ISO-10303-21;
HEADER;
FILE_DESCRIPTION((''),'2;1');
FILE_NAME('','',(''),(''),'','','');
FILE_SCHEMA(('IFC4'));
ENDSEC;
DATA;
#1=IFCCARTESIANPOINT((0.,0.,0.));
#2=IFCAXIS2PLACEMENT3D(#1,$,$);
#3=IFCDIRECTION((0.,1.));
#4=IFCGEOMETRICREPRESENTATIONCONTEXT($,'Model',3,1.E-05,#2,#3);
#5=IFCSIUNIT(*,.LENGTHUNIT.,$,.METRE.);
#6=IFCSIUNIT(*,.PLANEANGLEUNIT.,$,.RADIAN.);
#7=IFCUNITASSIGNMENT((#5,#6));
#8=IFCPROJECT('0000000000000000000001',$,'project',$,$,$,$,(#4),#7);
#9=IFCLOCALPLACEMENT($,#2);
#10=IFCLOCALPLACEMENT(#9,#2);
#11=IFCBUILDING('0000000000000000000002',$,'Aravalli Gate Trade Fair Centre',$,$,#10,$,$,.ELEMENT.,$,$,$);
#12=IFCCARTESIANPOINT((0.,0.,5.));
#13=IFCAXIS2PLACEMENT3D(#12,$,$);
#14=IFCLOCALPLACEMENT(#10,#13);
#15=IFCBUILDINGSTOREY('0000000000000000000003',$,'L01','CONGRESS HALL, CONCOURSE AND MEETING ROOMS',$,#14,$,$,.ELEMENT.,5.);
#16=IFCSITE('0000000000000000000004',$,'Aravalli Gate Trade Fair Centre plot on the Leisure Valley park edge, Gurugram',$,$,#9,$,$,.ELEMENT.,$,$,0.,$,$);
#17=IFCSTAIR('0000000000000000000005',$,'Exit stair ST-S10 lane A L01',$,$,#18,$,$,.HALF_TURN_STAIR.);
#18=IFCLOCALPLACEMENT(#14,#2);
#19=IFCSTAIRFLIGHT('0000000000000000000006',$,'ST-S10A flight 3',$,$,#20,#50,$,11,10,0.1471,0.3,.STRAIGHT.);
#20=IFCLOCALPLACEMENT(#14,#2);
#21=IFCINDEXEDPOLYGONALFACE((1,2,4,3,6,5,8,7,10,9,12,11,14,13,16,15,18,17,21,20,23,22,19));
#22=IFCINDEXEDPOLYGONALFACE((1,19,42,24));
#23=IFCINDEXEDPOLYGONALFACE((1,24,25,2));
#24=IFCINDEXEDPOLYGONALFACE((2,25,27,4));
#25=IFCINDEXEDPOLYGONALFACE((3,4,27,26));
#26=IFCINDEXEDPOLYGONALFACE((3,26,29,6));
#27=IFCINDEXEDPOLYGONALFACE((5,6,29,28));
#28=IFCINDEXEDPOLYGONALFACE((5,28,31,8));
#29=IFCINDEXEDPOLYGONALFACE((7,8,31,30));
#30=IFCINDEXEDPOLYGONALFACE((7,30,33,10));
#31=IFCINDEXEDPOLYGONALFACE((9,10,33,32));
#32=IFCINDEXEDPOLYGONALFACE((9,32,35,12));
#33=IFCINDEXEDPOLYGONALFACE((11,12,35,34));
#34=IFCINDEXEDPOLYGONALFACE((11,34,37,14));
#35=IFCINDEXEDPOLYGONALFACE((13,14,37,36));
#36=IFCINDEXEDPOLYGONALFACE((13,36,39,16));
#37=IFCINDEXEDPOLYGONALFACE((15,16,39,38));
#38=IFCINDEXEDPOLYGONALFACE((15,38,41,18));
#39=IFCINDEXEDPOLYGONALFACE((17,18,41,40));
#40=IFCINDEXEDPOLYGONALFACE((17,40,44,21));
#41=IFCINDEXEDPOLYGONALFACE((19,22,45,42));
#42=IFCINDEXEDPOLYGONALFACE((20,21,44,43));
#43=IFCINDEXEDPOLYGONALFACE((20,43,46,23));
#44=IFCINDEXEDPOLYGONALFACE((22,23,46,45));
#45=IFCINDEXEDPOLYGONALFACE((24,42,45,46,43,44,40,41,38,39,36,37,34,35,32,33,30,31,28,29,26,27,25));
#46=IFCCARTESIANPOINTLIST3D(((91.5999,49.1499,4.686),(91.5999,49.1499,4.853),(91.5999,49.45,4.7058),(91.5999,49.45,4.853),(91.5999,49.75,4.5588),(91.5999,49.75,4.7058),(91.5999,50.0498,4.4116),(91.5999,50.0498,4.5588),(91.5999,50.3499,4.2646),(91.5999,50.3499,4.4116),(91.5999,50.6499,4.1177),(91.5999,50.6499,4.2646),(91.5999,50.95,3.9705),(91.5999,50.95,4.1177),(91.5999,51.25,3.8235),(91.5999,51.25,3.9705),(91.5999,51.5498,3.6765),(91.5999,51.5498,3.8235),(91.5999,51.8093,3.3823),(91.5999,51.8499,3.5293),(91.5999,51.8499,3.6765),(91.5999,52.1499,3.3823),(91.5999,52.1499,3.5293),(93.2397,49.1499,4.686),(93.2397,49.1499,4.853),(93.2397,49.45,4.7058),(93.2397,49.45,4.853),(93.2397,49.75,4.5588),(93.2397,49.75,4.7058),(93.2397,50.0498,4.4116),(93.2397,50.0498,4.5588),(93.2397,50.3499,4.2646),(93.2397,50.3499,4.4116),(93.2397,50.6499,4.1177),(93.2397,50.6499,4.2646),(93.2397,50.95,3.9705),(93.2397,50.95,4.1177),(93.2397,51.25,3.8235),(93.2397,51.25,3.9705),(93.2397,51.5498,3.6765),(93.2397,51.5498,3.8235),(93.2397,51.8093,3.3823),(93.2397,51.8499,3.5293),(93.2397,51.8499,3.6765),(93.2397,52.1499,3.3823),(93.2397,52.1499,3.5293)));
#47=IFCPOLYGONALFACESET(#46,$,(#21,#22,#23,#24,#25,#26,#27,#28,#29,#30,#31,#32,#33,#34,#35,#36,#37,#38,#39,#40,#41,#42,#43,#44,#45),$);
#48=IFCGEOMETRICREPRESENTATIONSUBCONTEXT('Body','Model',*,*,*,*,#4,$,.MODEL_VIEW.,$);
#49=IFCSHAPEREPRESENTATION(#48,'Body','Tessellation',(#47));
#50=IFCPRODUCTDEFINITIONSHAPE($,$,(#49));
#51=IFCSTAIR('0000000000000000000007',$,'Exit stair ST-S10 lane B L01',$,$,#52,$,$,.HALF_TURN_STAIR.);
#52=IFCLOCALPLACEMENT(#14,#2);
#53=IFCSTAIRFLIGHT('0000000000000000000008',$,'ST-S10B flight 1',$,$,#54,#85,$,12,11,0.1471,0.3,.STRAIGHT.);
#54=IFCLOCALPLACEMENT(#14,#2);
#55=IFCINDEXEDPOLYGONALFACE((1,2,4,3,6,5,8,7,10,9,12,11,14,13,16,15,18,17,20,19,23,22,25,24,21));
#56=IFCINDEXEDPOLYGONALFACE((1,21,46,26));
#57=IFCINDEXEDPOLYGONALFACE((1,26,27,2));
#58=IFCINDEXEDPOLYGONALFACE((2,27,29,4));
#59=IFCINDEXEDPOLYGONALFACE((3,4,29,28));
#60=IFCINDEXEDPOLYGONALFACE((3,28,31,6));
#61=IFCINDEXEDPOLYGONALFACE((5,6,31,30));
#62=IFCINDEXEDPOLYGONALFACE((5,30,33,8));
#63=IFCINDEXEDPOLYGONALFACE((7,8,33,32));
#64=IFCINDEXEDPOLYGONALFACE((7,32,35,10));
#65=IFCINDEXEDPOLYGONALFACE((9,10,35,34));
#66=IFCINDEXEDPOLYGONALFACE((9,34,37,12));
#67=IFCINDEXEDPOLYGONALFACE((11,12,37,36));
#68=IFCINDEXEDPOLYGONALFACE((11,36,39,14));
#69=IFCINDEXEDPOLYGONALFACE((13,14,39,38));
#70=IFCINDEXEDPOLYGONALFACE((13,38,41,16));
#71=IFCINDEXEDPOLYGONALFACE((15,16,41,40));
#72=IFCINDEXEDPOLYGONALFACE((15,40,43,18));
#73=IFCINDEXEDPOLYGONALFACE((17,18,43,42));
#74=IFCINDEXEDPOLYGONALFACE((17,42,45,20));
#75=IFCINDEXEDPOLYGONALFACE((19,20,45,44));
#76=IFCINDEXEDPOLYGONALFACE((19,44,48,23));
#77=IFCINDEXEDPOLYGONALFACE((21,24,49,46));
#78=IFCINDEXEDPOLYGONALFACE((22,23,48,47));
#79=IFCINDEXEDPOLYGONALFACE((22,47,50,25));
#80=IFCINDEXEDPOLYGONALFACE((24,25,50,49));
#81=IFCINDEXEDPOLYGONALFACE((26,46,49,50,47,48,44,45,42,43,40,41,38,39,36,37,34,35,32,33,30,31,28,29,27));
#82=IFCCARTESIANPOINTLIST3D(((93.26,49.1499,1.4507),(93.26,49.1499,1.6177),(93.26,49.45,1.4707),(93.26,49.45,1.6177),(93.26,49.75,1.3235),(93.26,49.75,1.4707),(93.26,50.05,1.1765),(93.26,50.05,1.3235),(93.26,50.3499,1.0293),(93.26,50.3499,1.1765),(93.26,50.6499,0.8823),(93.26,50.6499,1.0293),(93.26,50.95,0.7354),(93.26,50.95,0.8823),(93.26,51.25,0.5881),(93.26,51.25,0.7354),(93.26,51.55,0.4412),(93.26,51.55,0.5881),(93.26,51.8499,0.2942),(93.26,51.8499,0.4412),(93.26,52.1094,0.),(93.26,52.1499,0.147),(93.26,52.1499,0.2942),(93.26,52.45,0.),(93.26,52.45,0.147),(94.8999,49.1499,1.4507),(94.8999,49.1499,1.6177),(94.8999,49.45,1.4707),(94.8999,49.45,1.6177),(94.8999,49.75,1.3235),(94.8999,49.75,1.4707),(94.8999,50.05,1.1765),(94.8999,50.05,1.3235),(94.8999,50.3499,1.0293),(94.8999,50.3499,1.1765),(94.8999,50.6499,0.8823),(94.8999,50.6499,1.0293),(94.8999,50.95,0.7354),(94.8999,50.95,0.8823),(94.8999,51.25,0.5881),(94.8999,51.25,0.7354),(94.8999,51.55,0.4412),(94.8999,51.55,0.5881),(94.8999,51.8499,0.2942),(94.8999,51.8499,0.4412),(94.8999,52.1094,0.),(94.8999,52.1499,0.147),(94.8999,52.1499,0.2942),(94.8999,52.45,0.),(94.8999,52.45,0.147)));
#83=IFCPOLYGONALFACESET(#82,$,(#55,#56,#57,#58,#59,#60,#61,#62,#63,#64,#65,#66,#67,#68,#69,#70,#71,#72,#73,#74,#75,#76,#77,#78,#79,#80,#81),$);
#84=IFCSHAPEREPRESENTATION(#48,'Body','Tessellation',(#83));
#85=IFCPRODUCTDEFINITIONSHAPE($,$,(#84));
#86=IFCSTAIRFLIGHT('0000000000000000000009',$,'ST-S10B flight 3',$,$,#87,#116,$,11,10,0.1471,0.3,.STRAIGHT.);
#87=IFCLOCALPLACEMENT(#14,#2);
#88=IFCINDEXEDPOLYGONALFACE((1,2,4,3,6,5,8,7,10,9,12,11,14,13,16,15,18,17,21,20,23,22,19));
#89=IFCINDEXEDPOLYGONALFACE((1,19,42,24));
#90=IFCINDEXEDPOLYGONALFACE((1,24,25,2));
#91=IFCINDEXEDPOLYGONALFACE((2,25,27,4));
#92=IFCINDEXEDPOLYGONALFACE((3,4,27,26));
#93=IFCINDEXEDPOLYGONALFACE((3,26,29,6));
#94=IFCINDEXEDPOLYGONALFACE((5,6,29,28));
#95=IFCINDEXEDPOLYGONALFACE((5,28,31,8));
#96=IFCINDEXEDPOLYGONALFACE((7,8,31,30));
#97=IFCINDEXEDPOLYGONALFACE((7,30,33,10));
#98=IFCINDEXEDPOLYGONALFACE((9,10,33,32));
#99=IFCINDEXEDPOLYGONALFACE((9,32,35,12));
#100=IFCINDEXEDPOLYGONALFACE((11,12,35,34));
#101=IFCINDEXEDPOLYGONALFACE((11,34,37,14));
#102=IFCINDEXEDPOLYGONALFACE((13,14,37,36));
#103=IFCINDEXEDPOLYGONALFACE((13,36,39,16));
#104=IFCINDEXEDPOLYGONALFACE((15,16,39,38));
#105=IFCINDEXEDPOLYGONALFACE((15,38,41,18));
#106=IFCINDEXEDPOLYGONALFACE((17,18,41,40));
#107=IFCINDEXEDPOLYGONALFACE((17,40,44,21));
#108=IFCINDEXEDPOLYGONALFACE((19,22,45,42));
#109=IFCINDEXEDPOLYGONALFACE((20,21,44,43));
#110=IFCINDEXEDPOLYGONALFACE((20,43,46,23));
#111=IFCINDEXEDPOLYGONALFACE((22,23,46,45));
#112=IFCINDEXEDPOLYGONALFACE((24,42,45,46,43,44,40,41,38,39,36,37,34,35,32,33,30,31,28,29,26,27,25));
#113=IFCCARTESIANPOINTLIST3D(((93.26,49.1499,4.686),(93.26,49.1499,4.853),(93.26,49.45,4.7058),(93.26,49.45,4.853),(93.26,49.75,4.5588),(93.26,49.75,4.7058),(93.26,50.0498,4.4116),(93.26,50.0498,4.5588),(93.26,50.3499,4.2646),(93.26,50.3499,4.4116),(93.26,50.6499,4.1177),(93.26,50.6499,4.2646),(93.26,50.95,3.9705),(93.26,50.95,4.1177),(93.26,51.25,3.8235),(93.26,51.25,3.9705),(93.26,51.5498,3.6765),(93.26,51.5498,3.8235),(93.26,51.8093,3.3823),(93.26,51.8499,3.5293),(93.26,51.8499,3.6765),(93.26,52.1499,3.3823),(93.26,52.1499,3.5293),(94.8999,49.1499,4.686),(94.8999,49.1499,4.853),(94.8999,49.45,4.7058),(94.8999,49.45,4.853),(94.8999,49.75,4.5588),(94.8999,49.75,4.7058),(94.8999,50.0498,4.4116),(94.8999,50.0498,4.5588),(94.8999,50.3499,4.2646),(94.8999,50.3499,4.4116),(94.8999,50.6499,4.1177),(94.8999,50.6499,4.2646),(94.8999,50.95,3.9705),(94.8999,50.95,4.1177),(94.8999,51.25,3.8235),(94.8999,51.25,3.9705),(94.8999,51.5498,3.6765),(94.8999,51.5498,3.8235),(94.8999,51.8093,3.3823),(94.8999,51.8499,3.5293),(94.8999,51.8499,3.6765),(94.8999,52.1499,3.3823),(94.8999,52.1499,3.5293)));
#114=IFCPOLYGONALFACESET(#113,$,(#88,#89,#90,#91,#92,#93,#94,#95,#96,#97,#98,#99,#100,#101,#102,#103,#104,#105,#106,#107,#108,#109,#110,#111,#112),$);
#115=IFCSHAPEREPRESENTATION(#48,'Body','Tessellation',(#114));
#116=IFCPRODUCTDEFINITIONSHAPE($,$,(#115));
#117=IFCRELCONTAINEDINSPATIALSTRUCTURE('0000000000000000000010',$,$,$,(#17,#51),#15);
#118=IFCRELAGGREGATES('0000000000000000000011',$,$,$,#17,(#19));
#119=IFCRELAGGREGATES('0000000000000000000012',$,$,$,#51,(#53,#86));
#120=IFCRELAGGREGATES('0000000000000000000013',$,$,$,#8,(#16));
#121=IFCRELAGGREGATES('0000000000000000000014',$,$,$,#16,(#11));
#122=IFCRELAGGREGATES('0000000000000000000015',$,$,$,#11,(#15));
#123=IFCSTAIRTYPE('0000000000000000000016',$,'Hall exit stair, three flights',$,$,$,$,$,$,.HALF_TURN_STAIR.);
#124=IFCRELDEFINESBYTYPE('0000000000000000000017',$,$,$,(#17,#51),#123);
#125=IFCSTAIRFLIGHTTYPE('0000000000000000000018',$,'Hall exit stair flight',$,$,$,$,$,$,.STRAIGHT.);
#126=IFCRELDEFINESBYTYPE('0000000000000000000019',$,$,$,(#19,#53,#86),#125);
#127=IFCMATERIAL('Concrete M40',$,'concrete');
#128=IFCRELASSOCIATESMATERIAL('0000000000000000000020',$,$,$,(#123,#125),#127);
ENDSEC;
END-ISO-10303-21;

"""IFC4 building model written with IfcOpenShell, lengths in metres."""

from ifc_helpers import new_model, si_unit, direction, frame, origin, place, context, subcontext, project, spatial, polyline, outline, extrude, material, type_object, element, aggregate, save


model = new_model("IFC4")

# Units and contexts
model_context = context("Model", 3, precision=1e-05, world=origin(), true_north=direction((0.0, 1.0)))
body_context = subcontext(model_context, "Body", "Model", "MODEL_VIEW")
ifc_project = project(units=[si_unit("LENGTHUNIT", "METRE"), si_unit("PLANEANGLEUNIT", "RADIAN")], contexts=[model_context])

# Site, building, storey
site_placement = place(None, origin())
site = spatial("IfcSite", under=ifc_project, at=site_placement, Name="Aravalli Gate Trade Fair Centre plot on the Leisure Valley park edge, Gurugram", CompositionType="ELEMENT", RefElevation=0.0)
building_placement = place(site_placement, origin())
building = spatial("IfcBuilding", under=site, at=building_placement, Name="Aravalli Gate Trade Fair Centre", CompositionType="ELEMENT")
storey_placement = place(building_placement, frame((0.0, 0.0, 5.0)))
storey = spatial("IfcBuildingStorey", under=building, at=storey_placement, Name="L01", Description="CONGRESS HALL, CONCOURSE AND MEETING ROOMS", CompositionType="ELEMENT", Elevation=5.0)

# Shared definitions
ifc_material_1 = material(Name="Concrete M40", Category="concrete")

# Stairs, stair flights
stair_type = type_object("IfcStairType", Name="Hall exit stair, three flights", PredefinedType="HALF_TURN_STAIR", material=ifc_material_1)
stair_flight_type = type_object("IfcStairFlightType", Name="Hall exit stair flight", PredefinedType="STRAIGHT", material=ifc_material_1)
stair_1_placement = place(storey_placement, origin())
stair_1 = element("IfcStair", 1, at=stair_1_placement, inside=storey, type_object=stair_type, Name="Exit stair ST-S10 lane A L01", PredefinedType="HALF_TURN_STAIR")
stair_flight_1_placement = place(storey_placement, frame((92.4199, 52.1499, 3.3823), z_axis=(0.0, 0.0, 1.0), x_axis=(0.0, -1.0, 0.0)))
stair_flight_1 = element("IfcStairFlight", 2, at=stair_flight_1_placement, type_object=stair_flight_type, Name="ST-S10A flight 3", NumberOfRisers=11, NumberOfTreads=10, PredefinedType="STRAIGHT", RiserHeight=0.1471, TreadLength=0.3, context=body_context, shape_type="SweptSolid", body=[
    extrude(outline(polyline([(0.0, 0.0), (0.0, 0.147), (0.3, 0.147), (0.3, 0.2942), (0.6001, 0.2942), (0.6001, 0.4412), (0.8999, 0.4412), (0.8999, 0.5881), (1.2, 0.5881), (1.2, 0.7354), (1.5, 0.7354), (1.5, 0.8823), (1.8, 0.8823), (1.8, 1.0293), (2.1001, 1.0293), (2.1001, 1.1765), (2.3999, 1.1765), (2.3999, 1.3235), (2.7, 1.3235), (2.7, 1.4707), (3.0, 1.4707), (3.0, 1.6177), (3.0, 1.3037), (0.3406, 0.0), (0.0, 0.0)])), frame((0.0, 0.8198, 0.0), z_axis=(0.0, -1.0, 0.0), x_axis=(1.0, 0.0, 0.0)), (0.0, 0.0, 1.0), 1.6399),
])
aggregate(stair_1, [stair_flight_1])
stair_2_placement = place(storey_placement, origin())
stair_2 = element("IfcStair", 3, at=stair_2_placement, inside=storey, type_object=stair_type, Name="Exit stair ST-S10 lane B L01", PredefinedType="HALF_TURN_STAIR")
stair_flight_2_placement = place(storey_placement, frame((94.0801, 52.45, 0.0), z_axis=(0.0, 0.0, 1.0), x_axis=(0.0, -1.0, 0.0)))
stair_flight_2 = element("IfcStairFlight", 4, at=stair_flight_2_placement, type_object=stair_flight_type, Name="ST-S10B flight 1", NumberOfRisers=12, NumberOfTreads=11, PredefinedType="STRAIGHT", RiserHeight=0.1471, TreadLength=0.3, context=body_context, shape_type="SweptSolid", body=[
    extrude(outline(polyline([(0.0, 0.0), (0.0, 0.147), (0.3, 0.147), (0.3, 0.2942), (0.6001, 0.2942), (0.6001, 0.4412), (0.8999, 0.4412), (0.8999, 0.5881), (1.2, 0.5881), (1.2, 0.7354), (1.5, 0.7354), (1.5, 0.8823), (1.8, 0.8823), (1.8, 1.0293), (2.1001, 1.0293), (2.1001, 1.1765), (2.3999, 1.1765), (2.3999, 1.3235), (2.7, 1.3235), (2.7, 1.4707), (3.0, 1.4707), (3.0, 1.6177), (3.3, 1.6177), (3.3, 1.7646), (3.3, 1.4507), (0.3406, 0.0), (0.0, 0.0)])), frame((0.0, 0.8198, 0.0), z_axis=(0.0, -1.0, 0.0), x_axis=(1.0, 0.0, 0.0)), (0.0, 0.0, 1.0), 1.6399),
])
stair_flight_3_placement = place(storey_placement, frame((94.0801, 52.1499, 3.3823), z_axis=(0.0, 0.0, 1.0), x_axis=(0.0, -1.0, 0.0)))
stair_flight_3 = element("IfcStairFlight", 5, at=stair_flight_3_placement, type_object=stair_flight_type, Name="ST-S10B flight 3", NumberOfRisers=11, NumberOfTreads=10, PredefinedType="STRAIGHT", RiserHeight=0.1471, TreadLength=0.3, context=body_context, shape_type="SweptSolid", body=[
    extrude(outline(polyline([(0.0, 0.0), (0.0, 0.147), (0.3, 0.147), (0.3, 0.2942), (0.6001, 0.2942), (0.6001, 0.4412), (0.8999, 0.4412), (0.8999, 0.5881), (1.2, 0.5881), (1.2, 0.7354), (1.5, 0.7354), (1.5, 0.8823), (1.8, 0.8823), (1.8, 1.0293), (2.1001, 1.0293), (2.1001, 1.1765), (2.3999, 1.1765), (2.3999, 1.3235), (2.7, 1.3235), (2.7, 1.4707), (3.0, 1.4707), (3.0, 1.6177), (3.0, 1.3037), (0.3406, 0.0), (0.0, 0.0)])), frame((0.0, 0.8198, 0.0), z_axis=(0.0, -1.0, 0.0), x_axis=(1.0, 0.0, 0.0)), (0.0, 0.0, 1.0), 1.6399),
])
aggregate(stair_2, [stair_flight_2, stair_flight_3])

save(model, "model.ifc")
